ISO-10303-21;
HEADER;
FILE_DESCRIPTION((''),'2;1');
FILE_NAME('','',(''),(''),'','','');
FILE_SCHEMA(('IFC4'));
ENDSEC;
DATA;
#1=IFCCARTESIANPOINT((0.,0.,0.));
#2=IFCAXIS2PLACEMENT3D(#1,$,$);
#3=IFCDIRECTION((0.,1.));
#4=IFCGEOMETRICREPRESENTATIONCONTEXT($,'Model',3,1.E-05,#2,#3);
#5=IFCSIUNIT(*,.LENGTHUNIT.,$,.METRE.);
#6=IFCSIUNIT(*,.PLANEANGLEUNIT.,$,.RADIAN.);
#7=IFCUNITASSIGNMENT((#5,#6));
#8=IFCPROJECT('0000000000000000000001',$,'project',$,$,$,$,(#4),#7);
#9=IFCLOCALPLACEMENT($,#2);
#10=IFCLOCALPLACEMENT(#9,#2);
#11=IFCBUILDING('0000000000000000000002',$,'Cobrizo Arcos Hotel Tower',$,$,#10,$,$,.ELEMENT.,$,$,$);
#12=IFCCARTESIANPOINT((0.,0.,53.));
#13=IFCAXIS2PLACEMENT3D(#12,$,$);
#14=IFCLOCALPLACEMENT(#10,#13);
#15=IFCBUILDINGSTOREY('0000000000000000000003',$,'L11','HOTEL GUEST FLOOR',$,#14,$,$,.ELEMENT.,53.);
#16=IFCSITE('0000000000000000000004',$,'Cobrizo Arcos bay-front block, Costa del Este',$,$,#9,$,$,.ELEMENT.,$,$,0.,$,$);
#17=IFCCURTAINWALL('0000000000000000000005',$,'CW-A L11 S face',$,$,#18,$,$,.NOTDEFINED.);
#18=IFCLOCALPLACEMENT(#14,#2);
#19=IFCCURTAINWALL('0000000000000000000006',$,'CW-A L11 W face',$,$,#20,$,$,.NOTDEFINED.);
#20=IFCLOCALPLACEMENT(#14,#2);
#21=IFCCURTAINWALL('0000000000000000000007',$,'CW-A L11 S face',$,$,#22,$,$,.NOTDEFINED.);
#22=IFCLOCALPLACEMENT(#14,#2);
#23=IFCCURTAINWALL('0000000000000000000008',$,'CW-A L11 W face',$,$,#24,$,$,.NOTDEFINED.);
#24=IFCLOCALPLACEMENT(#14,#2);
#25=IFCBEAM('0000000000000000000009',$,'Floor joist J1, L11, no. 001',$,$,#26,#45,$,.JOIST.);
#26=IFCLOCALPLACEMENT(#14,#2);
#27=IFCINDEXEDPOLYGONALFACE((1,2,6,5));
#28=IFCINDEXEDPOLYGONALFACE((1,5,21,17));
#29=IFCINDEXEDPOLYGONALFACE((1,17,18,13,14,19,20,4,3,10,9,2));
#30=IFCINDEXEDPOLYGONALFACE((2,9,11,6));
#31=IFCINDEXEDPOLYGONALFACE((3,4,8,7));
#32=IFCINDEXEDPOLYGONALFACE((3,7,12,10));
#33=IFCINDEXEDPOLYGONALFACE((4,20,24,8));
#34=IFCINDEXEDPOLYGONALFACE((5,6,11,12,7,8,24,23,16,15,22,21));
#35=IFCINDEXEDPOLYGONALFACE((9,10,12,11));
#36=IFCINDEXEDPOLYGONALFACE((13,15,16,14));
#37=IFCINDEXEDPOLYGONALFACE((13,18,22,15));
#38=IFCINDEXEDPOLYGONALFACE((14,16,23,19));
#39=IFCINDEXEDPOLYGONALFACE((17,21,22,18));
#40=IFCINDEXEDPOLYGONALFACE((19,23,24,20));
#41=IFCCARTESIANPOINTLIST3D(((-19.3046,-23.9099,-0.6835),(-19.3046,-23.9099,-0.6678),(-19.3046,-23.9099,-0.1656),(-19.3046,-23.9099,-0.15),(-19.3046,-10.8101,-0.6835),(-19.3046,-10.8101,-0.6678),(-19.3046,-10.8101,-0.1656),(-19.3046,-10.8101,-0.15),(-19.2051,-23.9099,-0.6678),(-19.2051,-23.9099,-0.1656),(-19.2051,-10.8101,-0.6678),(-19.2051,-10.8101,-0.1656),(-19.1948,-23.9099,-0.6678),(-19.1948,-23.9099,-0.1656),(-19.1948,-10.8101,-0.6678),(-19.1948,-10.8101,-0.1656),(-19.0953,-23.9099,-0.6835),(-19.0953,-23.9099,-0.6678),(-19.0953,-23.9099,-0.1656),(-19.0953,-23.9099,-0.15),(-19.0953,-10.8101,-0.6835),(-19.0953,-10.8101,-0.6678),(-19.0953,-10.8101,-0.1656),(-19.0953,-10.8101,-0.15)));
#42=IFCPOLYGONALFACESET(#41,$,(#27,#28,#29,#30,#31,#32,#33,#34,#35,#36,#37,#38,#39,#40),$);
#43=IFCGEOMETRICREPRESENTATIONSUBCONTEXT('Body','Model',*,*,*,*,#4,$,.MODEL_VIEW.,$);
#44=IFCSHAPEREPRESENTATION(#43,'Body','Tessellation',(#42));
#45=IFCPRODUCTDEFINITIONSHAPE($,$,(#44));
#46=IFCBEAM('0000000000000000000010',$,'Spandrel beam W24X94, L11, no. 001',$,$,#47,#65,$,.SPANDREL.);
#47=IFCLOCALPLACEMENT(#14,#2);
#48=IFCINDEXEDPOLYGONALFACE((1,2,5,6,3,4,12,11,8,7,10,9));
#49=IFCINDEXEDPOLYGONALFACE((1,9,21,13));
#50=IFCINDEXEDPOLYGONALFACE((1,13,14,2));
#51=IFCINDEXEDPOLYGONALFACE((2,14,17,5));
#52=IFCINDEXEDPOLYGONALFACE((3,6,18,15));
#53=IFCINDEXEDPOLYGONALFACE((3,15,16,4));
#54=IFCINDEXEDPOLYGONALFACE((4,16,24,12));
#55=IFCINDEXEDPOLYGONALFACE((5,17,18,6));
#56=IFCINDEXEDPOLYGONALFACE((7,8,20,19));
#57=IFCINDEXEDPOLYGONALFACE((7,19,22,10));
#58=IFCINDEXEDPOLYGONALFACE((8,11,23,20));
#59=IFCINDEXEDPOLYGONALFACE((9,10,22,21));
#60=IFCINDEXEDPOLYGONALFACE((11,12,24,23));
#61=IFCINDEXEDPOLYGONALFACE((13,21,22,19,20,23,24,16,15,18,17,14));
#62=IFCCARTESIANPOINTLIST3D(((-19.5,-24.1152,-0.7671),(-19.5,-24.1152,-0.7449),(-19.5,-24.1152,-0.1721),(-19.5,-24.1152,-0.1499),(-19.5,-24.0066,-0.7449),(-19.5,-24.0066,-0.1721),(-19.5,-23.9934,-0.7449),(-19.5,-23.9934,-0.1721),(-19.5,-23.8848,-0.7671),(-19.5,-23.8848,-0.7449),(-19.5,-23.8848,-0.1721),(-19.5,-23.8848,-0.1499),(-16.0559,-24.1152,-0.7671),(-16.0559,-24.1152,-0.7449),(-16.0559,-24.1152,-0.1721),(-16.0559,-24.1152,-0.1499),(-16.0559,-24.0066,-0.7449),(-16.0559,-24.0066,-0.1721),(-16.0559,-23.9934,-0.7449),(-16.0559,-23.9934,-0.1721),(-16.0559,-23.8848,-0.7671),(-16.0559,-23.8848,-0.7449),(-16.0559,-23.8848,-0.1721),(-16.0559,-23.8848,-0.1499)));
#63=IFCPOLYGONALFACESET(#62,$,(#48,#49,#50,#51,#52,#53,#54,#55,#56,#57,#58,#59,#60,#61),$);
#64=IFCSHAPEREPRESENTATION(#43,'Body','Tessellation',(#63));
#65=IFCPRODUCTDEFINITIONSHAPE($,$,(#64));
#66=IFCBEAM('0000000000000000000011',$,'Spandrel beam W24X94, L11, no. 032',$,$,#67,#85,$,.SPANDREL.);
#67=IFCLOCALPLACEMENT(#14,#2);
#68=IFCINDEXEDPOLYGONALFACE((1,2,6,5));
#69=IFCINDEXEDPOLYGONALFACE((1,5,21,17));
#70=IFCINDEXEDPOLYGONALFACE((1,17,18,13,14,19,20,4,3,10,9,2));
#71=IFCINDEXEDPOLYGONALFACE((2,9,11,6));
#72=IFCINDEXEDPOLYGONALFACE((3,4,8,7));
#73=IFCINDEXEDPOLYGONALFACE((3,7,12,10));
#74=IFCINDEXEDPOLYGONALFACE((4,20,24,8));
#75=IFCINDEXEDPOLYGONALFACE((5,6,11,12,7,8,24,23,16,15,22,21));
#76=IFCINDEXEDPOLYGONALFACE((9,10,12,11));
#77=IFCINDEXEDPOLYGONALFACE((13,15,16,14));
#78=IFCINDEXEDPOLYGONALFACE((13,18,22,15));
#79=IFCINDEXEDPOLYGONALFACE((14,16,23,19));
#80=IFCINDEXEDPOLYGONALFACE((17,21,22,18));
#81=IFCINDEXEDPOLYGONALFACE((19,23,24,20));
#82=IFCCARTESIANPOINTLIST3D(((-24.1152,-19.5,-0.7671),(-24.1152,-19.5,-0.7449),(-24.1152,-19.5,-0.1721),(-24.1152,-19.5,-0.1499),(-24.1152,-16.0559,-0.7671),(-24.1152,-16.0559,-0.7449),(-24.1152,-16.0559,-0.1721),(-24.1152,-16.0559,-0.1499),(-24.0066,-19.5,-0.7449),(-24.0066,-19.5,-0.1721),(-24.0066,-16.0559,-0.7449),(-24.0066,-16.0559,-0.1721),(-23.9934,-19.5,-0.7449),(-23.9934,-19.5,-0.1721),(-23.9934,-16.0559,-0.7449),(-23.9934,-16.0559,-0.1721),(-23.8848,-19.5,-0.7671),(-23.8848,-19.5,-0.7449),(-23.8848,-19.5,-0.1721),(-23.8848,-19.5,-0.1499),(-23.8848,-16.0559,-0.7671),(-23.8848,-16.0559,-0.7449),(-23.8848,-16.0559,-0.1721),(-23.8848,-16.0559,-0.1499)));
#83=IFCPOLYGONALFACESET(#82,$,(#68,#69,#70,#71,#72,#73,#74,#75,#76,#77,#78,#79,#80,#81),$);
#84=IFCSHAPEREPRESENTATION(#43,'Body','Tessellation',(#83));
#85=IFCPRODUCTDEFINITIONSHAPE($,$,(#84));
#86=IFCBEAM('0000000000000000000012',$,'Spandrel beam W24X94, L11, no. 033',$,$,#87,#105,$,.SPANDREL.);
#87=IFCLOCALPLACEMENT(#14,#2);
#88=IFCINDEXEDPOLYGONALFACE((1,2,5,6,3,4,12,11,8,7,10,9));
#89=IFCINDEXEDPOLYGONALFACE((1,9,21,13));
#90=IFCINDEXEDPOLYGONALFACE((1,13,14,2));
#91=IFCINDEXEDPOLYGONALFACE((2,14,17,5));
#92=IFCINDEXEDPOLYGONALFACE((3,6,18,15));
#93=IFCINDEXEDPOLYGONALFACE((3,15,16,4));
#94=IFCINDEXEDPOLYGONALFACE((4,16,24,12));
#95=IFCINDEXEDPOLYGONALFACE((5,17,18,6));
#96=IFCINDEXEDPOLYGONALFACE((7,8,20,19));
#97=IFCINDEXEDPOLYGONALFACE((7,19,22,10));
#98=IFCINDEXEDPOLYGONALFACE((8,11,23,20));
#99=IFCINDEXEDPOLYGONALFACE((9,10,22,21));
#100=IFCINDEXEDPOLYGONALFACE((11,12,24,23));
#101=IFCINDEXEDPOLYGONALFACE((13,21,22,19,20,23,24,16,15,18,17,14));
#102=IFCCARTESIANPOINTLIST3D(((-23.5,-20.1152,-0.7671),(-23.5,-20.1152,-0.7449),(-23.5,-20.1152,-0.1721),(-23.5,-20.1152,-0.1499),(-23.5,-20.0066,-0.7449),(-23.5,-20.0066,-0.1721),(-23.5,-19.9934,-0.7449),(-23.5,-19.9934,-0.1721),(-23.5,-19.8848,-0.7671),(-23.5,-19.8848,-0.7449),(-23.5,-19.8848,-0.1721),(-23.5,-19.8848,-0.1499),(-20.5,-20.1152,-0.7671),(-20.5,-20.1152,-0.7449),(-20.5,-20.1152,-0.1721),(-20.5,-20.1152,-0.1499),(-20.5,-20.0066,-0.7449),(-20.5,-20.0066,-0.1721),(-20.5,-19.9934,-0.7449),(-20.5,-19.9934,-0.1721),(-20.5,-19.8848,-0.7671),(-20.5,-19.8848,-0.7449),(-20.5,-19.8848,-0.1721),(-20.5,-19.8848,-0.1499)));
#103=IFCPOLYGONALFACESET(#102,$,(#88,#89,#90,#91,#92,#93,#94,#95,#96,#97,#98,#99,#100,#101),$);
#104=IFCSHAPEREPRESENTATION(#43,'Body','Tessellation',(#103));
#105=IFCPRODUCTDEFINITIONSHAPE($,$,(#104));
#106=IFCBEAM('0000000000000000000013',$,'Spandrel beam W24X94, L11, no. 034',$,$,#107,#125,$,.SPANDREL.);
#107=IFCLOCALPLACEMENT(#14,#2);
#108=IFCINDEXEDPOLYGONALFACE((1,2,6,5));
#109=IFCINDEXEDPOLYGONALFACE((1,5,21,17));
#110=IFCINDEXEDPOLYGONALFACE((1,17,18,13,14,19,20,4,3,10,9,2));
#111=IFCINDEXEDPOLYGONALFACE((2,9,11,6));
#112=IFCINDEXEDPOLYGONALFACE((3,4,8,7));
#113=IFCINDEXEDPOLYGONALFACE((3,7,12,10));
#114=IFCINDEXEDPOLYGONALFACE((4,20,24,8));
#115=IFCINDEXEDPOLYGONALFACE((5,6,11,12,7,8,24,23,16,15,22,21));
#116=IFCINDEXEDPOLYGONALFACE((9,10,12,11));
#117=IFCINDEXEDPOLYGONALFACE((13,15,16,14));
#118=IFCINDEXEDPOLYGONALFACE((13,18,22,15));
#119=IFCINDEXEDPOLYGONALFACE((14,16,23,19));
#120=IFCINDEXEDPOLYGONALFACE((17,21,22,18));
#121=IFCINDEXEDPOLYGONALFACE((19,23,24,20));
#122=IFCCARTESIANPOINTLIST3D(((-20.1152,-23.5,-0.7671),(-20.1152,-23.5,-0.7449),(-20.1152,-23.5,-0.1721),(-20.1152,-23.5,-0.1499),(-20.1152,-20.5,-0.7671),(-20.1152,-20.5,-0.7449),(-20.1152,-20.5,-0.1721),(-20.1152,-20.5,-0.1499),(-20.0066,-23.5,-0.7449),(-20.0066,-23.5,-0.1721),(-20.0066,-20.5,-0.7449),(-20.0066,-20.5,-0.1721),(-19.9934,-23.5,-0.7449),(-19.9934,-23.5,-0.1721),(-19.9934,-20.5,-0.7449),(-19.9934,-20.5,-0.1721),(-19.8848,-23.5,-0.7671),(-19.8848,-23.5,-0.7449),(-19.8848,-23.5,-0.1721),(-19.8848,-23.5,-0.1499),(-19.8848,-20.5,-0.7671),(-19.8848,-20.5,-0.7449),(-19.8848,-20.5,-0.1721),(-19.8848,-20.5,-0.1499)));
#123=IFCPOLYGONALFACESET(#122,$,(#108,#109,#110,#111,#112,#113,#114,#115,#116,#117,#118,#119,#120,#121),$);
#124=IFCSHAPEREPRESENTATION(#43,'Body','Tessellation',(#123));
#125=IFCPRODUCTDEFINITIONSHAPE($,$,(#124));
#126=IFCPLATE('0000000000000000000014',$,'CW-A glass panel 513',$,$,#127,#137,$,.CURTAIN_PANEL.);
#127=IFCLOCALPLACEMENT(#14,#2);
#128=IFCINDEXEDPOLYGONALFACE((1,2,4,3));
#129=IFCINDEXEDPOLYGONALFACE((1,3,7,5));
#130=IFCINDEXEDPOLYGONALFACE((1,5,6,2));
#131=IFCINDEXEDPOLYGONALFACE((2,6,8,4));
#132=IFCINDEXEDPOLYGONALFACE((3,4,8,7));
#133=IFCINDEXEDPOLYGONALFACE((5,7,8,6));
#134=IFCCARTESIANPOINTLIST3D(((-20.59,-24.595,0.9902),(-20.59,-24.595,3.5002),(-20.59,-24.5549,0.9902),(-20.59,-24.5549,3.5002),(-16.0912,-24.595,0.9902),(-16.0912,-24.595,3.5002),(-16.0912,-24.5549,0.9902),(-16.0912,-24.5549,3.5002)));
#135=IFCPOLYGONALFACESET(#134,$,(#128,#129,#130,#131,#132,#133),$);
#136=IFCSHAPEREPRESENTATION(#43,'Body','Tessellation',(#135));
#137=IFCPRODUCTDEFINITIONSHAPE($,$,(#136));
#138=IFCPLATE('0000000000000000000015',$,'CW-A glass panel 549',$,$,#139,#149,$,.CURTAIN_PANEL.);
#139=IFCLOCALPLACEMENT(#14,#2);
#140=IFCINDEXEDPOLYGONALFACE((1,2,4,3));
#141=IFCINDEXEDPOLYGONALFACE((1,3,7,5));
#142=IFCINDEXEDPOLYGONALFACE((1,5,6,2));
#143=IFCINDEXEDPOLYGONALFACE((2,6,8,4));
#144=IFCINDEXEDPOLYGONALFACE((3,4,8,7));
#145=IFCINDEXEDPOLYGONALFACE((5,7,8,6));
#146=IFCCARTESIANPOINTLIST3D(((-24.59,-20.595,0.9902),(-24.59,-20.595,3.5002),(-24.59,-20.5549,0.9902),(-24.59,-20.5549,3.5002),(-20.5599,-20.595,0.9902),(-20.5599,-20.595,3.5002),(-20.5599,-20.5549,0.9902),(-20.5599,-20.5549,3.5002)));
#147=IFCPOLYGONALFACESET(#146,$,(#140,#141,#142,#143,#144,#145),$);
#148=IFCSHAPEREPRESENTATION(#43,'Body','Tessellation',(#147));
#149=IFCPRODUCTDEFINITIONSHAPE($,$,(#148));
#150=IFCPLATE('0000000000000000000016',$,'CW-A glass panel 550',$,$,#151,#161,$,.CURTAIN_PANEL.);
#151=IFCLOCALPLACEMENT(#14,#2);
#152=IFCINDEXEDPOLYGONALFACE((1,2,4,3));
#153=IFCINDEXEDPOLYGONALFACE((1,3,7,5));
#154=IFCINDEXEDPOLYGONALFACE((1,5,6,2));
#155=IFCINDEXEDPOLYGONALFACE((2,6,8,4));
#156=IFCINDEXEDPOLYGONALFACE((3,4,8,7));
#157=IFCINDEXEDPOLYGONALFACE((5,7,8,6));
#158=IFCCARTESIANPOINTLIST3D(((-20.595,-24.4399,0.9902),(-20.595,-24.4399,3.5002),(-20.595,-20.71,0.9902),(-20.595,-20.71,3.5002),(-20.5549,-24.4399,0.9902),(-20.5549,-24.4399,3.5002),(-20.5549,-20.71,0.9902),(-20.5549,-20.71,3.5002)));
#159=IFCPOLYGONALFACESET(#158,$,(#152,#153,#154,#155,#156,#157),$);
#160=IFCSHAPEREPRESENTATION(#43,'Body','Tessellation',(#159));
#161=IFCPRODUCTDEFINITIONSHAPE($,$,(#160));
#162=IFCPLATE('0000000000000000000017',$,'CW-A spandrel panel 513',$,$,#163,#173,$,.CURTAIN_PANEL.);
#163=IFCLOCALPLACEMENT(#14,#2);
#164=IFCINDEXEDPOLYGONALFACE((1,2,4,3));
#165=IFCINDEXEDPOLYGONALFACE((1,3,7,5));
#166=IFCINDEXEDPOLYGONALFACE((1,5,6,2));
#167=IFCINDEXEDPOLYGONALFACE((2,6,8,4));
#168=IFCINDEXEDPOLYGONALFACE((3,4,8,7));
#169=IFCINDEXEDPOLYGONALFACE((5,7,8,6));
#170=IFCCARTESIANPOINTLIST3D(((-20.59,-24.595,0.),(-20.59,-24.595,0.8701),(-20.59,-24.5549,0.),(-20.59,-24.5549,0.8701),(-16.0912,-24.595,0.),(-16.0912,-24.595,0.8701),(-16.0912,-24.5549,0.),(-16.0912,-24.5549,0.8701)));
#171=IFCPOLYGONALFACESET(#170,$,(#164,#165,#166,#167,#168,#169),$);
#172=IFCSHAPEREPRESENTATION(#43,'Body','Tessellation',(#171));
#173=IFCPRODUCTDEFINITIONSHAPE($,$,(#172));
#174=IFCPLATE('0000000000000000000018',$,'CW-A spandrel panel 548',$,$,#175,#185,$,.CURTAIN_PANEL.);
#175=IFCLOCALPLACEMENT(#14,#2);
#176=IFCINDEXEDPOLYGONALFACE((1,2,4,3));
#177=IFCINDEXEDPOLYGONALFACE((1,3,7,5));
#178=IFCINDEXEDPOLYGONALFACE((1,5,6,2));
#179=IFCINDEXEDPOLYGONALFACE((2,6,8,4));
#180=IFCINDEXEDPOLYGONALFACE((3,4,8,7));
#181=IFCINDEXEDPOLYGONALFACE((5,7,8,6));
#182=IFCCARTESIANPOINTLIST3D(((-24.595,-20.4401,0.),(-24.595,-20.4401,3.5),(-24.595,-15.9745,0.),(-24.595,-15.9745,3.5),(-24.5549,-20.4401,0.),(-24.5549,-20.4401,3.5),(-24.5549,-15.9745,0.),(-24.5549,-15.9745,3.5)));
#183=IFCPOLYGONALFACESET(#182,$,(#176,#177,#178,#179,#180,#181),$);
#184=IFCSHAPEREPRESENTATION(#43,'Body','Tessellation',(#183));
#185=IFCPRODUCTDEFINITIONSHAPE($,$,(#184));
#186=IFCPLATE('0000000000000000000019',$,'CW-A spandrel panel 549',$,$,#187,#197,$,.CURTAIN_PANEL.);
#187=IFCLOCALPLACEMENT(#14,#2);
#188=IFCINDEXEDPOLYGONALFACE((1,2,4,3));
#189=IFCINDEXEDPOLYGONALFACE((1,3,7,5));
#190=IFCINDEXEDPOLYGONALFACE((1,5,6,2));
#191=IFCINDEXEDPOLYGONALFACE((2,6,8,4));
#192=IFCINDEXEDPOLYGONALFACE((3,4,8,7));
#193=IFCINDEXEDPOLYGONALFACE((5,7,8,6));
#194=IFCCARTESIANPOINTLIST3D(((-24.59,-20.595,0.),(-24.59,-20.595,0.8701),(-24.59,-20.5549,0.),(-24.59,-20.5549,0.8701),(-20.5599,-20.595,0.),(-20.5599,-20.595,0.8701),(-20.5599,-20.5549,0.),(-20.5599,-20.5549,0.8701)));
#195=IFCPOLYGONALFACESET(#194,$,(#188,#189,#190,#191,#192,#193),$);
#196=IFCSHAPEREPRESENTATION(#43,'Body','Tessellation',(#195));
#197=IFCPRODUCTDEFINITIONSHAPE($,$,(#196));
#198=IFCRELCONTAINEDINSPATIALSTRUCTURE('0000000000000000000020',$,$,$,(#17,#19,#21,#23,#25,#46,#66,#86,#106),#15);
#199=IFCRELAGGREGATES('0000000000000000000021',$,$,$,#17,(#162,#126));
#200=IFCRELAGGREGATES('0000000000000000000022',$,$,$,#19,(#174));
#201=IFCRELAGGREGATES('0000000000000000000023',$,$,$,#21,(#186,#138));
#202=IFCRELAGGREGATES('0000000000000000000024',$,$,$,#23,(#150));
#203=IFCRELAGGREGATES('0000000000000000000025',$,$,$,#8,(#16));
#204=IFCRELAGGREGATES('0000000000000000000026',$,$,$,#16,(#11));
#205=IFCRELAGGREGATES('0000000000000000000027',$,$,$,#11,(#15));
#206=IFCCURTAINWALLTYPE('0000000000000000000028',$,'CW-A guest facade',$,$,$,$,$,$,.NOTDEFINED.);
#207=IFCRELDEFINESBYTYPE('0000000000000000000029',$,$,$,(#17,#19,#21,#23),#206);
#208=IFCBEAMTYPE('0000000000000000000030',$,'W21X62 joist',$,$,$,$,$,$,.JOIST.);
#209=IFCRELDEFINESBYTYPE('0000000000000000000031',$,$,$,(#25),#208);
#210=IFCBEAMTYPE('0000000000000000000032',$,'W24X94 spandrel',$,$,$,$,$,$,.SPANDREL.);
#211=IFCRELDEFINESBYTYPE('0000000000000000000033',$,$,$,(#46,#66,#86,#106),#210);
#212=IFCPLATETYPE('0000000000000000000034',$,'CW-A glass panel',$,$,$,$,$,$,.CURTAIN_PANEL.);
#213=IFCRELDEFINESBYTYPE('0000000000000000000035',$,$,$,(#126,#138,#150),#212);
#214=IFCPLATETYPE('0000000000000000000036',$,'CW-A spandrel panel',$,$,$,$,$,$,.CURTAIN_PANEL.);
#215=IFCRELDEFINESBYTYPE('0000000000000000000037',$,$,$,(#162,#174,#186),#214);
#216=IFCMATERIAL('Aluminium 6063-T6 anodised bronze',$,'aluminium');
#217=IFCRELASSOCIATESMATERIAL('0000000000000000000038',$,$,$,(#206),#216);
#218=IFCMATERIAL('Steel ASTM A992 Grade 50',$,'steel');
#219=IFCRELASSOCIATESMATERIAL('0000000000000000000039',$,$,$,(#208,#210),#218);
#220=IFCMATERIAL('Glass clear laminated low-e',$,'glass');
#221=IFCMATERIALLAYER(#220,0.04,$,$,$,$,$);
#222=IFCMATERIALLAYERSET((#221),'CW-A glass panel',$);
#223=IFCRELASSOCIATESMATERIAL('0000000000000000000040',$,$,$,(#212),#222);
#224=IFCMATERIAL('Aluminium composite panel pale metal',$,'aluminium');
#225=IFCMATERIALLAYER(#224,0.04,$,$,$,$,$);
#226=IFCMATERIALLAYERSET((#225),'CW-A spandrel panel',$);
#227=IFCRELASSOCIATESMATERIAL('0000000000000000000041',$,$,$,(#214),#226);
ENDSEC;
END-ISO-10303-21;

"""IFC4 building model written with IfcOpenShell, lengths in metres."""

from ifc_helpers import new_model, si_unit, direction, frame, origin, origin_2d, place, context, subcontext, project, spatial, rectangle, i_section, extrude, material, layer, layer_set, material_profile, profile_set, type_object, element, aggregate, save


model = new_model("IFC4")

# Units and contexts
model_context = context("Model", 3, precision=1e-05, world=origin(), true_north=direction((0.0, 1.0)))
body_context = subcontext(model_context, "Body", "Model", "MODEL_VIEW")
ifc_project = project(units=[si_unit("LENGTHUNIT", "METRE"), si_unit("PLANEANGLEUNIT", "RADIAN")], contexts=[model_context])

# Site, building, storey
site_placement = place(None, origin())
site = spatial("IfcSite", under=ifc_project, at=site_placement, Name="Cobrizo Arcos bay-front block, Costa del Este", CompositionType="ELEMENT", RefElevation=0.0)
building_placement = place(site_placement, origin())
building = spatial("IfcBuilding", under=site, at=building_placement, Name="Cobrizo Arcos Hotel Tower", CompositionType="ELEMENT")
storey_placement = place(building_placement, frame((0.0, 0.0, 53.0)))
storey = spatial("IfcBuildingStorey", under=building, at=storey_placement, Name="L11", Description="HOTEL GUEST FLOOR", CompositionType="ELEMENT", Elevation=53.0)

# Curtain wall
ifc_material_1 = material(Name="Aluminium 6063-T6 anodised bronze", Category="aluminium")
curtain_wall_type = type_object("IfcCurtainWallType", Name="CW-A guest facade", PredefinedType="NOTDEFINED", material=ifc_material_1)
curtain_wall_1_placement = place(storey_placement, origin())
curtain_wall_1 = element("IfcCurtainWall", 1, at=curtain_wall_1_placement, inside=storey, type_object=curtain_wall_type, Name="CW-A L11 S face", PredefinedType="NOTDEFINED")

# Curtain walls
curtain_wall_2_placement = place(storey_placement, origin())
curtain_wall_2 = element("IfcCurtainWall", 2, at=curtain_wall_2_placement, inside=storey, type_object=curtain_wall_type, Name="CW-A L11 W face", PredefinedType="NOTDEFINED")
curtain_wall_3_placement = place(storey_placement, origin())
curtain_wall_3 = element("IfcCurtainWall", 3, at=curtain_wall_3_placement, inside=storey, type_object=curtain_wall_type, Name="CW-A L11 S face", PredefinedType="NOTDEFINED")
curtain_wall_4_placement = place(storey_placement, origin())
curtain_wall_4 = element("IfcCurtainWall", 4, at=curtain_wall_4_placement, inside=storey, type_object=curtain_wall_type, Name="CW-A L11 W face", PredefinedType="NOTDEFINED")

# Beams
ifc_material_2 = material(Name="Steel ASTM A992 Grade 50", Category="steel")
ifc_material_profile_1 = material_profile(ifc_material_2, i_section(OverallWidth=0.2092, OverallDepth=0.5334, WebThickness=0.0103, FlangeThickness=0.0156, at=origin_2d()), Name="W21X62")
ifc_profile_set_1 = profile_set([ifc_material_profile_1], Name="Steel ASTM A992 Grade 50")
beam_type_1 = type_object("IfcBeamType", Name="W21X62 joist", PredefinedType="JOIST", material=ifc_profile_set_1)
beam_placement = place(storey_placement, frame((-19.2, -23.9099, -0.4167), z_axis=(0.0, 1.0, 0.0), x_axis=(-1.0, 0.0, 0.0)))
element("IfcBeam", 5, at=beam_placement, inside=storey, type_object=beam_type_1, Name="Floor joist J1, L11, no. 001", PredefinedType="JOIST", context=body_context, shape_type="SweptSolid", body=[
    extrude(i_section(OverallWidth=0.2092, OverallDepth=0.5334, WebThickness=0.0103, FlangeThickness=0.0156, at=origin_2d()), origin(), (0.0, 0.0, 1.0), 13.0999),
])
ifc_material_profile_2 = material_profile(ifc_material_2, i_section(OverallWidth=0.2305, OverallDepth=0.6172, WebThickness=0.0132, FlangeThickness=0.0222, at=origin_2d()), Name="W24X94")
ifc_profile_set_2 = profile_set([ifc_material_profile_2], Name="Steel ASTM A992 Grade 50")
beam_type_2 = type_object("IfcBeamType", Name="W24X94 spandrel", PredefinedType="SPANDREL", material=ifc_profile_set_2)
for number, where, z_axis, x_axis, name in (
    (6, (-19.5, -24.0, -0.4585), (1.0, 0.0, 0.0), (0.0, 1.0, 0.0), "Spandrel beam W24X94, L11, no. 001"),
    (7, (-24.0, -16.0559, -0.4585), (0.0, -1.0, 0.0), (1.0, 0.0, 0.0), "Spandrel beam W24X94, L11, no. 032"),
):
    element("IfcBeam", number, at=place(storey_placement, frame(where, z_axis=z_axis, x_axis=x_axis)), inside=storey, type_object=beam_type_2, Name=name, PredefinedType="SPANDREL", context=body_context, shape_type="SweptSolid", body=[
        extrude(i_section(OverallWidth=0.2305, OverallDepth=0.6172, WebThickness=0.0132, FlangeThickness=0.0222, at=origin_2d()), origin(), (0.0, 0.0, 1.0), 3.4441),
    ])
for number, where, z_axis, x_axis, name in (
    (8, (-23.5, -20.0, -0.4585), (1.0, 0.0, 0.0), (0.0, 1.0, 0.0), "Spandrel beam W24X94, L11, no. 033"),
    (9, (-20.0, -20.5, -0.4585), (0.0, -1.0, 0.0), (1.0, 0.0, 0.0), "Spandrel beam W24X94, L11, no. 034"),
):
    element("IfcBeam", number, at=place(storey_placement, frame(where, z_axis=z_axis, x_axis=x_axis)), inside=storey, type_object=beam_type_2, Name=name, PredefinedType="SPANDREL", context=body_context, shape_type="SweptSolid", body=[
        extrude(i_section(OverallWidth=0.2305, OverallDepth=0.6172, WebThickness=0.0132, FlangeThickness=0.0222, at=origin_2d()), origin(), (0.0, 0.0, 1.0), 3.0),
    ])

# Plates
ifc_material_3 = material(Name="Glass clear laminated low-e", Category="glass")
ifc_layer_1 = layer(ifc_material_3, 0.04)
ifc_layer_set_1 = layer_set([ifc_layer_1], Name="CW-A glass panel")
plate_type_1 = type_object("IfcPlateType", Name="CW-A glass panel", PredefinedType="CURTAIN_PANEL", material=ifc_layer_set_1)
plate_1_placement = place(storey_placement, frame((-18.3406, -24.575, 0.9902), z_axis=(0.0, 0.0, 1.0), x_axis=(1.0, 0.0, 0.0)))
plate_1 = element("IfcPlate", 10, at=plate_1_placement, type_object=plate_type_1, Name="CW-A glass panel 513", PredefinedType="CURTAIN_PANEL", context=body_context, shape_type="SweptSolid", body=[
    extrude(rectangle(XDim=4.4988, YDim=0.04, at=origin_2d()), origin(), (0.0, 0.0, 1.0), 2.51),
])
plate_2_placement = place(storey_placement, frame((-22.575, -20.575, 0.9902), z_axis=(0.0, 0.0, 1.0), x_axis=(1.0, 0.0, 0.0)))
plate_2 = element("IfcPlate", 11, at=plate_2_placement, type_object=plate_type_1, Name="CW-A glass panel 549", PredefinedType="CURTAIN_PANEL", context=body_context, shape_type="SweptSolid", body=[
    extrude(rectangle(XDim=4.03, YDim=0.04, at=origin_2d()), origin(), (0.0, 0.0, 1.0), 2.51),
])
plate_3_placement = place(storey_placement, frame((-20.575, -22.575, 0.9902), z_axis=(0.0, 0.0, 1.0), x_axis=(0.0, -1.0, 0.0)))
plate_3 = element("IfcPlate", 12, at=plate_3_placement, type_object=plate_type_1, Name="CW-A glass panel 550", PredefinedType="CURTAIN_PANEL", context=body_context, shape_type="SweptSolid", body=[
    extrude(rectangle(XDim=3.73, YDim=0.04, at=origin_2d()), origin(), (0.0, 0.0, 1.0), 2.51),
])
ifc_material_4 = material(Name="Aluminium composite panel pale metal", Category="aluminium")
ifc_layer_2 = layer(ifc_material_4, 0.04)
ifc_layer_set_2 = layer_set([ifc_layer_2], Name="CW-A spandrel panel")
plate_type_2 = type_object("IfcPlateType", Name="CW-A spandrel panel", PredefinedType="CURTAIN_PANEL", material=ifc_layer_set_2)
plate_4_placement = place(storey_placement, frame((-18.3406, -24.575, 0.0), z_axis=(0.0, 0.0, 1.0), x_axis=(1.0, 0.0, 0.0)))
plate_4 = element("IfcPlate", 13, at=plate_4_placement, type_object=plate_type_2, Name="CW-A spandrel panel 513", PredefinedType="CURTAIN_PANEL", context=body_context, shape_type="SweptSolid", body=[
    extrude(rectangle(XDim=4.4988, YDim=0.04, at=origin_2d()), origin(), (0.0, 0.0, 1.0), 0.8701),
])
aggregate(curtain_wall_1, [plate_4, plate_1])
plate_5_placement = place(storey_placement, frame((-24.575, -18.2073, 0.0), z_axis=(0.0, 0.0, 1.0), x_axis=(0.0, -1.0, 0.0)))
plate_5 = element("IfcPlate", 14, at=plate_5_placement, type_object=plate_type_2, Name="CW-A spandrel panel 548", PredefinedType="CURTAIN_PANEL", context=body_context, shape_type="SweptSolid", body=[
    extrude(rectangle(XDim=4.4656, YDim=0.04, at=origin_2d()), origin(), (0.0, 0.0, 1.0), 3.5),
])
aggregate(curtain_wall_2, [plate_5])
plate_6_placement = place(storey_placement, frame((-22.575, -20.575, 0.0), z_axis=(0.0, 0.0, 1.0), x_axis=(1.0, 0.0, 0.0)))
plate_6 = element("IfcPlate", 15, at=plate_6_placement, type_object=plate_type_2, Name="CW-A spandrel panel 549", PredefinedType="CURTAIN_PANEL", context=body_context, shape_type="SweptSolid", body=[
    extrude(rectangle(XDim=4.03, YDim=0.04, at=origin_2d()), origin(), (0.0, 0.0, 1.0), 0.8701),
])
aggregate(curtain_wall_3, [plate_6, plate_2])
aggregate(curtain_wall_4, [plate_3])

save(model, "model.ifc")
